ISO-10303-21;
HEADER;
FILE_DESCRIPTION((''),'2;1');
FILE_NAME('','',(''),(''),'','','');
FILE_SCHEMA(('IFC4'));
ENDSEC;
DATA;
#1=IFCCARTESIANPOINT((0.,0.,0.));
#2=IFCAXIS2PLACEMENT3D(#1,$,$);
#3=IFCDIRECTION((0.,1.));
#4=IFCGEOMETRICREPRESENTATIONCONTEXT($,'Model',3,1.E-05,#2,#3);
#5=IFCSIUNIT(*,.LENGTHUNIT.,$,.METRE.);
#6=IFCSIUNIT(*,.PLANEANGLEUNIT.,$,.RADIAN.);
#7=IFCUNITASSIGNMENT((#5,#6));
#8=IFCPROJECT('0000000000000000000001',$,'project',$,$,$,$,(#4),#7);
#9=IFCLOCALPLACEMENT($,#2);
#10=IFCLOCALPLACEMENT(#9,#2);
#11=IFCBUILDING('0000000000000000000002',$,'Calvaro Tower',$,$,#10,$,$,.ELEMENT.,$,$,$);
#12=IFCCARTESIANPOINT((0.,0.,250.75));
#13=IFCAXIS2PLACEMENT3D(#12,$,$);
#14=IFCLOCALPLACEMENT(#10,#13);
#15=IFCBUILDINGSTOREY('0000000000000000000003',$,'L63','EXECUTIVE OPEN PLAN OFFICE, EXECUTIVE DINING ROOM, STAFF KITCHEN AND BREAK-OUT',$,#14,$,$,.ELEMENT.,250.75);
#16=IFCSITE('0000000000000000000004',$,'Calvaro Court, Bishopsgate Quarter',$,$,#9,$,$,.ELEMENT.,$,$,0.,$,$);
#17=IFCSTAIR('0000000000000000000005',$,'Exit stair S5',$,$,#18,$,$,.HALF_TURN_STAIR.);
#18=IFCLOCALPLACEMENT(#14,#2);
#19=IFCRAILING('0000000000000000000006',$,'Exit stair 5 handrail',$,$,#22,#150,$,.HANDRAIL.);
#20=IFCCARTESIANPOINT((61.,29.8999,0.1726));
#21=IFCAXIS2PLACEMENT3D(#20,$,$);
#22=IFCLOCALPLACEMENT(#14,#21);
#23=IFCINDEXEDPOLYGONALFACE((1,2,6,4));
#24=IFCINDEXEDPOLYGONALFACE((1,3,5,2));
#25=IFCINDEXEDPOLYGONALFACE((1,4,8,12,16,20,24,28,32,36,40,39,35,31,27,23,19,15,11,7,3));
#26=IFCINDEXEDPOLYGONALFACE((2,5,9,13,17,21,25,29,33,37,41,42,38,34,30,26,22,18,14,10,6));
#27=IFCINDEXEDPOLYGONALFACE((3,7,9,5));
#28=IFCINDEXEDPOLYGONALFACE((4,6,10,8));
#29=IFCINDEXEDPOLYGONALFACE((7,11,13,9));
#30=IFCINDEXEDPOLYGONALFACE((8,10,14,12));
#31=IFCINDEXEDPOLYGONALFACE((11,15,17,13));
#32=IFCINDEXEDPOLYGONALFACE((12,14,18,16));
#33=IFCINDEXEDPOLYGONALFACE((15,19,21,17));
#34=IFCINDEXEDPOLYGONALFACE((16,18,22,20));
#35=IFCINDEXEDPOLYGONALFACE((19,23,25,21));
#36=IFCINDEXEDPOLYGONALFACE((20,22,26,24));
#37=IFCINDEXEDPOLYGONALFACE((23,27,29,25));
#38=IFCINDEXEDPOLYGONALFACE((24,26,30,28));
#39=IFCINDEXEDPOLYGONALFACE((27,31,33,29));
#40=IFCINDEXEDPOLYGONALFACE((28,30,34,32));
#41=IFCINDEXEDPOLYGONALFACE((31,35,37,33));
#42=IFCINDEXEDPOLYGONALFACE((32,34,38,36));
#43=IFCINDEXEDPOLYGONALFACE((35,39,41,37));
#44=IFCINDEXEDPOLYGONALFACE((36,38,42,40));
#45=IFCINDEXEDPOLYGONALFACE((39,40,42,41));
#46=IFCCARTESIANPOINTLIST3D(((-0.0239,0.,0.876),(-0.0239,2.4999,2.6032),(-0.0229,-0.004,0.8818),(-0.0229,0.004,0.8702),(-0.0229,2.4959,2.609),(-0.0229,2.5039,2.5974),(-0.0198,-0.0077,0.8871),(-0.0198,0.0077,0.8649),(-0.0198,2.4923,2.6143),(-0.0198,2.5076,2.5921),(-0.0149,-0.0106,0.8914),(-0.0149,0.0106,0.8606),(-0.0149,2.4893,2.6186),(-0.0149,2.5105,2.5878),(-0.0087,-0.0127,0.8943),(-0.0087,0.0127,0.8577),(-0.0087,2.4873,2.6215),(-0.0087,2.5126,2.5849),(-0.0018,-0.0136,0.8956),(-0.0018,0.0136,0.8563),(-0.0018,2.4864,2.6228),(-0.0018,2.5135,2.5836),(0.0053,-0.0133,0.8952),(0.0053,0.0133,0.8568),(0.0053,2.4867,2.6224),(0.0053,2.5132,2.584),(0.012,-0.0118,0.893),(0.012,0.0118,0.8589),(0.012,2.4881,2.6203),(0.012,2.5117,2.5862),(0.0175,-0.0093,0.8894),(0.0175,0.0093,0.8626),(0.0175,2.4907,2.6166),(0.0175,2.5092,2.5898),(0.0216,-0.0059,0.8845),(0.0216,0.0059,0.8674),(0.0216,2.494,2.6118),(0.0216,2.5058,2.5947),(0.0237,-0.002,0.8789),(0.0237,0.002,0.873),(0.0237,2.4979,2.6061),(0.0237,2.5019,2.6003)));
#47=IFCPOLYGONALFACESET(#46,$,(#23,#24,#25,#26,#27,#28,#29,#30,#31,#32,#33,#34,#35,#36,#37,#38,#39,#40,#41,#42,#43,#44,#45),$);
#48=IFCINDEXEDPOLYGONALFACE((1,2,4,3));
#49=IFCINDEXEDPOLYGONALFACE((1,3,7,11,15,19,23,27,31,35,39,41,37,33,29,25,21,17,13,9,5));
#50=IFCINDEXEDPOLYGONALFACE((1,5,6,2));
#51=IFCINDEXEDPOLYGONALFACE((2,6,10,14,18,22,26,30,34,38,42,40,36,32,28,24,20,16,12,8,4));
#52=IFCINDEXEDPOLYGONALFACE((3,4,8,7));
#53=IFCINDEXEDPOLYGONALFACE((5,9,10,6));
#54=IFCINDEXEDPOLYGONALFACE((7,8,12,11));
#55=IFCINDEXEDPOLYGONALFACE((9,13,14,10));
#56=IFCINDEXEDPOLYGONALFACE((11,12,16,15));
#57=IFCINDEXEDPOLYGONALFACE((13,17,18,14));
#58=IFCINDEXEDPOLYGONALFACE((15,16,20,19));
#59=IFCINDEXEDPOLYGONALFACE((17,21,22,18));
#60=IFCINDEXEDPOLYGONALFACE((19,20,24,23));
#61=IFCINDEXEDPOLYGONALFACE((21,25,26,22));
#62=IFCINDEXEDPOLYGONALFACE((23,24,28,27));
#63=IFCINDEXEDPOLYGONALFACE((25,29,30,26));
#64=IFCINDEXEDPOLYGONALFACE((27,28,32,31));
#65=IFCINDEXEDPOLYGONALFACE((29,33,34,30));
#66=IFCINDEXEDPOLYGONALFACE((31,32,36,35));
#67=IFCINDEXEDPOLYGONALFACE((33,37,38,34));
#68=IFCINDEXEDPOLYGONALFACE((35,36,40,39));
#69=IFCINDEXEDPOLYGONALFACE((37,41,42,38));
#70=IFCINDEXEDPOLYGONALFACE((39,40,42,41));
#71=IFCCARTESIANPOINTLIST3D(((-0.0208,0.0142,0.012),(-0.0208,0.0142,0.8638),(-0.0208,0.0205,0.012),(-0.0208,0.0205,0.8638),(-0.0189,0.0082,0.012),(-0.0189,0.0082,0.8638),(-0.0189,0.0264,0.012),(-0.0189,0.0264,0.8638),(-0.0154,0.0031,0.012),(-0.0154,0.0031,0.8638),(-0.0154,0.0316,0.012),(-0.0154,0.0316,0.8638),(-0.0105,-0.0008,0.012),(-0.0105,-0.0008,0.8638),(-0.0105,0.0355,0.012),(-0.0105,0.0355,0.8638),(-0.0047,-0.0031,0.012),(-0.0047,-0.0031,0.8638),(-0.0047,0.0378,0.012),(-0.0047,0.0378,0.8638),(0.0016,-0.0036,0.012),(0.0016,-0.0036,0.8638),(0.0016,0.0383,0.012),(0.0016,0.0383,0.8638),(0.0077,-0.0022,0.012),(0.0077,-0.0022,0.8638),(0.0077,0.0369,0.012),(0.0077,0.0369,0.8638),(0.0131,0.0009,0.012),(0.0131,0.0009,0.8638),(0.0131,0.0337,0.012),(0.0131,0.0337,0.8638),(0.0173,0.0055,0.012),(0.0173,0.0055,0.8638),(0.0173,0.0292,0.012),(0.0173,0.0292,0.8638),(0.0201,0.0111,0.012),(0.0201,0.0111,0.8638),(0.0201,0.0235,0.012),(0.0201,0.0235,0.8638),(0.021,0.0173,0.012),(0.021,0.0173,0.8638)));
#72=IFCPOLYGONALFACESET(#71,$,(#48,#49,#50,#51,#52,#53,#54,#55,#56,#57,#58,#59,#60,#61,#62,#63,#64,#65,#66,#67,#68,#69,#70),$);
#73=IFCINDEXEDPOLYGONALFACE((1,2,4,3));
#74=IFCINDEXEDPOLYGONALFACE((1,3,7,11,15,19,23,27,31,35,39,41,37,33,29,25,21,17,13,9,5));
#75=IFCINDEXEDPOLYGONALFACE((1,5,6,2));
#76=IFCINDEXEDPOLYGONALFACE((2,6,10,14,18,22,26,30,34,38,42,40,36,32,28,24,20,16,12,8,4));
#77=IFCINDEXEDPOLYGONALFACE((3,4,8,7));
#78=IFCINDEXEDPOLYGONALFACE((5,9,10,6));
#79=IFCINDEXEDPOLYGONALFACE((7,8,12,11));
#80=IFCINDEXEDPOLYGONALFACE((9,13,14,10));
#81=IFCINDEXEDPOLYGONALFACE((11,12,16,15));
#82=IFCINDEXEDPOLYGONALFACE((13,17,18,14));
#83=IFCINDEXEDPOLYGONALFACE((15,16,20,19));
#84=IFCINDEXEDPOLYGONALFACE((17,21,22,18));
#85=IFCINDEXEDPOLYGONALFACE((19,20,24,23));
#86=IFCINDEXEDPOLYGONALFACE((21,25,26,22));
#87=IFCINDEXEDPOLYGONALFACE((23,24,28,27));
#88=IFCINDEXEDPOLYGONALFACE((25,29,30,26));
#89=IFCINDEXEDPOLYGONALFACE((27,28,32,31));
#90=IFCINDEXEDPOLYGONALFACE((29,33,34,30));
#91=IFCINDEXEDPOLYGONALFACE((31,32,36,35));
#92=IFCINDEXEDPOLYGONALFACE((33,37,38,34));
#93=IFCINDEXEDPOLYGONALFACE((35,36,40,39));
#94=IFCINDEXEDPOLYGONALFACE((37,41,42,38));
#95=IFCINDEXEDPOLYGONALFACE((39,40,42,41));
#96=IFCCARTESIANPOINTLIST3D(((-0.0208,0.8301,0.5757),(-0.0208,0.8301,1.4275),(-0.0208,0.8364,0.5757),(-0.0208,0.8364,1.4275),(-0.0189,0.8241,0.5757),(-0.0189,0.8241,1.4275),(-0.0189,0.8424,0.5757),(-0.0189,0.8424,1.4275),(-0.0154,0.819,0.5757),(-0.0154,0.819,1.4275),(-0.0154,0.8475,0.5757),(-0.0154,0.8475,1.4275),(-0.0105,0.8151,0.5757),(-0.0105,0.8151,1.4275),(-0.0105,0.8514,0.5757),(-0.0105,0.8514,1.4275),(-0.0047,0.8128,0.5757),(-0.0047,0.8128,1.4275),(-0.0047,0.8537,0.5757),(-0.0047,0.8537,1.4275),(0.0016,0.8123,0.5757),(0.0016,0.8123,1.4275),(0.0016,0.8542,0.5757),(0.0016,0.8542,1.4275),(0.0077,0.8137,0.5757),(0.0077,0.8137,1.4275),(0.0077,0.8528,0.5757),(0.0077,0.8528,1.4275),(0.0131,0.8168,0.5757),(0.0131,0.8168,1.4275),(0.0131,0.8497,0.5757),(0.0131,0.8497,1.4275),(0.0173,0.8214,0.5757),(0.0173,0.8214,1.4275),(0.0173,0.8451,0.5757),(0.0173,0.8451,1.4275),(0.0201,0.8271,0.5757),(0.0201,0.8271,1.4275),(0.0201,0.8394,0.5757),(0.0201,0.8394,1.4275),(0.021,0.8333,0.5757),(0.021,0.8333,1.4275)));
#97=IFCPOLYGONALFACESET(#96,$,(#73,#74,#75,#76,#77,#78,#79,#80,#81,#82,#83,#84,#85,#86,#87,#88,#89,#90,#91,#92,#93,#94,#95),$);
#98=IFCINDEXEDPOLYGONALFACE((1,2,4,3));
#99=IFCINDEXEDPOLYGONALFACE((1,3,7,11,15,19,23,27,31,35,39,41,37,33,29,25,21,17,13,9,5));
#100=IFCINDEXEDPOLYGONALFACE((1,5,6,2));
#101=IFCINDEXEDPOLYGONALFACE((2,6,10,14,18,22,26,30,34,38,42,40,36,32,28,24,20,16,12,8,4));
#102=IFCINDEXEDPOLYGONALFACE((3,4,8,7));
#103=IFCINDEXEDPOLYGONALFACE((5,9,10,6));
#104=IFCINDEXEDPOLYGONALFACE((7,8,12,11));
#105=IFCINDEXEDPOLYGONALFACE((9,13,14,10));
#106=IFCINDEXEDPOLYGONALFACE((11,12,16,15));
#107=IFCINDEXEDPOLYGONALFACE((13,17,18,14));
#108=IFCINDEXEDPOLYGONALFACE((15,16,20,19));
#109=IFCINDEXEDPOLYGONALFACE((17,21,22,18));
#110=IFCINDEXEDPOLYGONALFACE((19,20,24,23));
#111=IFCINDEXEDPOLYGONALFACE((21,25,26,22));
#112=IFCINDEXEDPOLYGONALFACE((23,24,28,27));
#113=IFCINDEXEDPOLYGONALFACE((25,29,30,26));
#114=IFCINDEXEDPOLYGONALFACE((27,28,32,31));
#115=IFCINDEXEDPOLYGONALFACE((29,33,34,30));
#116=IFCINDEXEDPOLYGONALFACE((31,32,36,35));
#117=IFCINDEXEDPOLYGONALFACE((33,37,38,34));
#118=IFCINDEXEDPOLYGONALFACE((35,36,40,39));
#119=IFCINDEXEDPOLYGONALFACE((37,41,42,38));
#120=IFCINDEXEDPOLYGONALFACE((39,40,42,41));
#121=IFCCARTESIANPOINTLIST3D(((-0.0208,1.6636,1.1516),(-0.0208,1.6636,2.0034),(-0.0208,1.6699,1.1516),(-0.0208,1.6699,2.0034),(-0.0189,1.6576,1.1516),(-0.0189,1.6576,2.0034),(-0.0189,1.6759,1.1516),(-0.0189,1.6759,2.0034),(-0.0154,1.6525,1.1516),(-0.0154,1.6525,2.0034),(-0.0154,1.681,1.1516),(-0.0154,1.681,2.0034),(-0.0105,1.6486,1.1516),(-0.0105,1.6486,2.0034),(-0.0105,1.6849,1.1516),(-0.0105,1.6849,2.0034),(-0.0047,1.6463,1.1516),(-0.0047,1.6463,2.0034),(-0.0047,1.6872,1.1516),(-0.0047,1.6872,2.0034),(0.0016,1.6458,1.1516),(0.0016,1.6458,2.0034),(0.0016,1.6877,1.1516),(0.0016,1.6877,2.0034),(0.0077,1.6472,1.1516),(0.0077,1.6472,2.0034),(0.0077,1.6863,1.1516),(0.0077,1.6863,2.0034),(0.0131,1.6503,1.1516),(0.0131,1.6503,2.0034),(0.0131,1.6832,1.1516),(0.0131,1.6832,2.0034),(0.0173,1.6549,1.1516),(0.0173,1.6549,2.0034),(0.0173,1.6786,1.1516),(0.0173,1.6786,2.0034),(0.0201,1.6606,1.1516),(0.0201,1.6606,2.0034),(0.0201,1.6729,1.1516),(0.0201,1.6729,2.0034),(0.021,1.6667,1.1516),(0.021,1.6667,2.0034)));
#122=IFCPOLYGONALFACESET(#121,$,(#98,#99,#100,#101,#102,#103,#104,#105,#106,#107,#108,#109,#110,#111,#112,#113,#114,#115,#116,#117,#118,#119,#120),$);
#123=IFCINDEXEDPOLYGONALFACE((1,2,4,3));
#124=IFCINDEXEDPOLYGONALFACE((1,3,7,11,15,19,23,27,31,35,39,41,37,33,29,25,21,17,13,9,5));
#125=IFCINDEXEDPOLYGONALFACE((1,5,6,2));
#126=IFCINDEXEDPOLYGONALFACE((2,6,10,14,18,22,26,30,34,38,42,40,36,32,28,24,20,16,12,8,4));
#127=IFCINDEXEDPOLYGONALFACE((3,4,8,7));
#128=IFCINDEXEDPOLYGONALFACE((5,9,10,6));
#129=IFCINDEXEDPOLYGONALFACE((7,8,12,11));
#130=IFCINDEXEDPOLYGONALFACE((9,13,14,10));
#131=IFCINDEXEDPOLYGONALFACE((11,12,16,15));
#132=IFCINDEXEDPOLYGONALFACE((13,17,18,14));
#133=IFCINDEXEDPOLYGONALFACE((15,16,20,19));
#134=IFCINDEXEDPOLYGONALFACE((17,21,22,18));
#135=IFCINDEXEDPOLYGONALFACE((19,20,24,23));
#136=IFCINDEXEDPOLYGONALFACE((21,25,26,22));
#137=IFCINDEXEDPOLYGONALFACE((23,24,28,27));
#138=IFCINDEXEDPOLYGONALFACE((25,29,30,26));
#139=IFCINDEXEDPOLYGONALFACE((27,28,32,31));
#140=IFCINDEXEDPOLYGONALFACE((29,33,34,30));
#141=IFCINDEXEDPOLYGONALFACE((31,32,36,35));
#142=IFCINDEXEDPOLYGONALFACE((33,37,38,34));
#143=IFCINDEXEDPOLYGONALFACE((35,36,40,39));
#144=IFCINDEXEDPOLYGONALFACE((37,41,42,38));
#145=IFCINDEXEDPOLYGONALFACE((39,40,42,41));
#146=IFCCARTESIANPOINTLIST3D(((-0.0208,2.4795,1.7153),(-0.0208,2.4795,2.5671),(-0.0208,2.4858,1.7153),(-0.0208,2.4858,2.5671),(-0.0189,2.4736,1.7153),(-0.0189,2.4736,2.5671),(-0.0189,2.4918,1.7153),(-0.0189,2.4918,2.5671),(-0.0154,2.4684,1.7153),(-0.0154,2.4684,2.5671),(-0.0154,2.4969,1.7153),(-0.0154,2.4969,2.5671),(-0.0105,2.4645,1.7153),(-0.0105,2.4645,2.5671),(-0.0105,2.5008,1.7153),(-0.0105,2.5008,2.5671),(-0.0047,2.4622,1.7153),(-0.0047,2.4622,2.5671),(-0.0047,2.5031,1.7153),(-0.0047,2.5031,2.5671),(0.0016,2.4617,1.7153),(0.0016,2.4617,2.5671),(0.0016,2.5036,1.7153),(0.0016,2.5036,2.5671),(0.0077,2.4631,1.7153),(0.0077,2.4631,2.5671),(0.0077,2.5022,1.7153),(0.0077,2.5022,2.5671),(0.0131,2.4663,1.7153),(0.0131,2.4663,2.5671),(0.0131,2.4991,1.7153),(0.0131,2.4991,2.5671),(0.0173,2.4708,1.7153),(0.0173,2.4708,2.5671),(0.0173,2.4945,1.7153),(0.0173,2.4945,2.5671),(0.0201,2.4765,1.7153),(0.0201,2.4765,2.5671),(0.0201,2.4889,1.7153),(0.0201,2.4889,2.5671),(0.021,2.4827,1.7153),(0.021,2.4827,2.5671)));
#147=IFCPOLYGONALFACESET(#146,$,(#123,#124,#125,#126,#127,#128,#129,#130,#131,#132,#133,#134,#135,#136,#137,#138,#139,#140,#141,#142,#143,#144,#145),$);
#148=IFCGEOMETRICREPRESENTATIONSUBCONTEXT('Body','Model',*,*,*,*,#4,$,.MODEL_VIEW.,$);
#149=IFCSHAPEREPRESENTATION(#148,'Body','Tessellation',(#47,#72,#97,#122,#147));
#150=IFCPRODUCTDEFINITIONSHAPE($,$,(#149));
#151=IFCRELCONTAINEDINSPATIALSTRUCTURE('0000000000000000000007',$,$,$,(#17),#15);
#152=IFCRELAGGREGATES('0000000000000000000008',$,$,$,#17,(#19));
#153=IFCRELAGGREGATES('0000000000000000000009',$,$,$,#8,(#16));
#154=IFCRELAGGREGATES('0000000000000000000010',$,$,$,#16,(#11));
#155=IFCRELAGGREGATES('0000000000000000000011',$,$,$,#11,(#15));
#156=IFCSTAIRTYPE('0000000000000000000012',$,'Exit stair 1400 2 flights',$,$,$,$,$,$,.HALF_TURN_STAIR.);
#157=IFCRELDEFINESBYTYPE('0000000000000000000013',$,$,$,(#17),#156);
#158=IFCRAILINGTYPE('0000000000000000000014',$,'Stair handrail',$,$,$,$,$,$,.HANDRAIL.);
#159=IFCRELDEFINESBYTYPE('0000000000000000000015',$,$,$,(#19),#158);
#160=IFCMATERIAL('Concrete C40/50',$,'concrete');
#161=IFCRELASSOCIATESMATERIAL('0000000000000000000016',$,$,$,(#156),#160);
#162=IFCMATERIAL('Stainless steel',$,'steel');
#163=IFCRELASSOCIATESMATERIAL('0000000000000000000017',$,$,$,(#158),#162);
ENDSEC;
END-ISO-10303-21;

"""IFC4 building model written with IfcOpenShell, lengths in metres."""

from ifc_helpers import new_model, si_unit, direction, frame, origin, origin_2d, place, context, subcontext, project, spatial, circle, extrude, material, type_object, element, aggregate, save


model = new_model("IFC4")

# Units and contexts
model_context = context("Model", 3, precision=1e-05, world=origin(), true_north=direction((0.0, 1.0)))
body_context = subcontext(model_context, "Body", "Model", "MODEL_VIEW")
ifc_project = project(units=[si_unit("LENGTHUNIT", "METRE"), si_unit("PLANEANGLEUNIT", "RADIAN")], contexts=[model_context])

# Site, building, storey
site_placement = place(None, origin())
site = spatial("IfcSite", under=ifc_project, at=site_placement, Name="Calvaro Court, Bishopsgate Quarter", CompositionType="ELEMENT", RefElevation=0.0)
building_placement = place(site_placement, origin())
building = spatial("IfcBuilding", under=site, at=building_placement, Name="Calvaro Tower", CompositionType="ELEMENT")
storey_placement = place(building_placement, frame((0.0, 0.0, 250.75)))
storey = spatial("IfcBuildingStorey", under=building, at=storey_placement, Name="L63", Description="EXECUTIVE OPEN PLAN OFFICE, EXECUTIVE DINING ROOM, STAFF KITCHEN AND BREAK-OUT", CompositionType="ELEMENT", Elevation=250.75)

# Shared definitions
ifc_material_1 = material(Name="Concrete C40/50", Category="concrete")
stair_type = type_object("IfcStairType", Name="Exit stair 1400 2 flights", PredefinedType="HALF_TURN_STAIR", material=ifc_material_1)

# Stair
stair_1_placement = place(storey_placement, origin())
stair_1 = element("IfcStair", 1, at=stair_1_placement, inside=storey, type_object=stair_type, Name="Exit stair S5", PredefinedType="HALF_TURN_STAIR")

# Railing
ifc_material_2 = material(Name="Stainless steel", Category="steel")
railing_type = type_object("IfcRailingType", Name="Stair handrail", PredefinedType="HANDRAIL", material=ifc_material_2)
railing_1_placement = place(storey_placement, frame((61.0, 29.8999, 0.1726)))
railing_1 = element("IfcRailing", 2, at=railing_1_placement, type_object=railing_type, Name="Exit stair 5 handrail", PredefinedType="HANDRAIL", context=body_context, shape_type="SweptSolid", body=[
    extrude(circle(Radius=0.0239, at=origin_2d()), frame((0.0, 0.0, 0.876), z_axis=(0.0, 0.822727, 0.568437), x_axis=(-1.0, 0.0, 0.0)), (0.0, 0.0, 1.0), 3.0386),
    extrude(circle(Radius=0.021, at=origin_2d()), frame((0.0, 0.0173, 0.012)), (0.0, 0.0, 1.0), 0.8518),
    extrude(circle(Radius=0.021, at=origin_2d()), frame((0.0, 0.8333, 0.5757)), (0.0, 0.0, 1.0), 0.8518),
    extrude(circle(Radius=0.021, at=origin_2d()), frame((0.0, 1.6667, 1.1516)), (0.0, 0.0, 1.0), 0.8518),
    extrude(circle(Radius=0.021, at=origin_2d()), frame((0.0, 2.4827, 1.7153)), (0.0, 0.0, 1.0), 0.8518),
])
aggregate(stair_1, [railing_1])

save(model, "model.ifc")
